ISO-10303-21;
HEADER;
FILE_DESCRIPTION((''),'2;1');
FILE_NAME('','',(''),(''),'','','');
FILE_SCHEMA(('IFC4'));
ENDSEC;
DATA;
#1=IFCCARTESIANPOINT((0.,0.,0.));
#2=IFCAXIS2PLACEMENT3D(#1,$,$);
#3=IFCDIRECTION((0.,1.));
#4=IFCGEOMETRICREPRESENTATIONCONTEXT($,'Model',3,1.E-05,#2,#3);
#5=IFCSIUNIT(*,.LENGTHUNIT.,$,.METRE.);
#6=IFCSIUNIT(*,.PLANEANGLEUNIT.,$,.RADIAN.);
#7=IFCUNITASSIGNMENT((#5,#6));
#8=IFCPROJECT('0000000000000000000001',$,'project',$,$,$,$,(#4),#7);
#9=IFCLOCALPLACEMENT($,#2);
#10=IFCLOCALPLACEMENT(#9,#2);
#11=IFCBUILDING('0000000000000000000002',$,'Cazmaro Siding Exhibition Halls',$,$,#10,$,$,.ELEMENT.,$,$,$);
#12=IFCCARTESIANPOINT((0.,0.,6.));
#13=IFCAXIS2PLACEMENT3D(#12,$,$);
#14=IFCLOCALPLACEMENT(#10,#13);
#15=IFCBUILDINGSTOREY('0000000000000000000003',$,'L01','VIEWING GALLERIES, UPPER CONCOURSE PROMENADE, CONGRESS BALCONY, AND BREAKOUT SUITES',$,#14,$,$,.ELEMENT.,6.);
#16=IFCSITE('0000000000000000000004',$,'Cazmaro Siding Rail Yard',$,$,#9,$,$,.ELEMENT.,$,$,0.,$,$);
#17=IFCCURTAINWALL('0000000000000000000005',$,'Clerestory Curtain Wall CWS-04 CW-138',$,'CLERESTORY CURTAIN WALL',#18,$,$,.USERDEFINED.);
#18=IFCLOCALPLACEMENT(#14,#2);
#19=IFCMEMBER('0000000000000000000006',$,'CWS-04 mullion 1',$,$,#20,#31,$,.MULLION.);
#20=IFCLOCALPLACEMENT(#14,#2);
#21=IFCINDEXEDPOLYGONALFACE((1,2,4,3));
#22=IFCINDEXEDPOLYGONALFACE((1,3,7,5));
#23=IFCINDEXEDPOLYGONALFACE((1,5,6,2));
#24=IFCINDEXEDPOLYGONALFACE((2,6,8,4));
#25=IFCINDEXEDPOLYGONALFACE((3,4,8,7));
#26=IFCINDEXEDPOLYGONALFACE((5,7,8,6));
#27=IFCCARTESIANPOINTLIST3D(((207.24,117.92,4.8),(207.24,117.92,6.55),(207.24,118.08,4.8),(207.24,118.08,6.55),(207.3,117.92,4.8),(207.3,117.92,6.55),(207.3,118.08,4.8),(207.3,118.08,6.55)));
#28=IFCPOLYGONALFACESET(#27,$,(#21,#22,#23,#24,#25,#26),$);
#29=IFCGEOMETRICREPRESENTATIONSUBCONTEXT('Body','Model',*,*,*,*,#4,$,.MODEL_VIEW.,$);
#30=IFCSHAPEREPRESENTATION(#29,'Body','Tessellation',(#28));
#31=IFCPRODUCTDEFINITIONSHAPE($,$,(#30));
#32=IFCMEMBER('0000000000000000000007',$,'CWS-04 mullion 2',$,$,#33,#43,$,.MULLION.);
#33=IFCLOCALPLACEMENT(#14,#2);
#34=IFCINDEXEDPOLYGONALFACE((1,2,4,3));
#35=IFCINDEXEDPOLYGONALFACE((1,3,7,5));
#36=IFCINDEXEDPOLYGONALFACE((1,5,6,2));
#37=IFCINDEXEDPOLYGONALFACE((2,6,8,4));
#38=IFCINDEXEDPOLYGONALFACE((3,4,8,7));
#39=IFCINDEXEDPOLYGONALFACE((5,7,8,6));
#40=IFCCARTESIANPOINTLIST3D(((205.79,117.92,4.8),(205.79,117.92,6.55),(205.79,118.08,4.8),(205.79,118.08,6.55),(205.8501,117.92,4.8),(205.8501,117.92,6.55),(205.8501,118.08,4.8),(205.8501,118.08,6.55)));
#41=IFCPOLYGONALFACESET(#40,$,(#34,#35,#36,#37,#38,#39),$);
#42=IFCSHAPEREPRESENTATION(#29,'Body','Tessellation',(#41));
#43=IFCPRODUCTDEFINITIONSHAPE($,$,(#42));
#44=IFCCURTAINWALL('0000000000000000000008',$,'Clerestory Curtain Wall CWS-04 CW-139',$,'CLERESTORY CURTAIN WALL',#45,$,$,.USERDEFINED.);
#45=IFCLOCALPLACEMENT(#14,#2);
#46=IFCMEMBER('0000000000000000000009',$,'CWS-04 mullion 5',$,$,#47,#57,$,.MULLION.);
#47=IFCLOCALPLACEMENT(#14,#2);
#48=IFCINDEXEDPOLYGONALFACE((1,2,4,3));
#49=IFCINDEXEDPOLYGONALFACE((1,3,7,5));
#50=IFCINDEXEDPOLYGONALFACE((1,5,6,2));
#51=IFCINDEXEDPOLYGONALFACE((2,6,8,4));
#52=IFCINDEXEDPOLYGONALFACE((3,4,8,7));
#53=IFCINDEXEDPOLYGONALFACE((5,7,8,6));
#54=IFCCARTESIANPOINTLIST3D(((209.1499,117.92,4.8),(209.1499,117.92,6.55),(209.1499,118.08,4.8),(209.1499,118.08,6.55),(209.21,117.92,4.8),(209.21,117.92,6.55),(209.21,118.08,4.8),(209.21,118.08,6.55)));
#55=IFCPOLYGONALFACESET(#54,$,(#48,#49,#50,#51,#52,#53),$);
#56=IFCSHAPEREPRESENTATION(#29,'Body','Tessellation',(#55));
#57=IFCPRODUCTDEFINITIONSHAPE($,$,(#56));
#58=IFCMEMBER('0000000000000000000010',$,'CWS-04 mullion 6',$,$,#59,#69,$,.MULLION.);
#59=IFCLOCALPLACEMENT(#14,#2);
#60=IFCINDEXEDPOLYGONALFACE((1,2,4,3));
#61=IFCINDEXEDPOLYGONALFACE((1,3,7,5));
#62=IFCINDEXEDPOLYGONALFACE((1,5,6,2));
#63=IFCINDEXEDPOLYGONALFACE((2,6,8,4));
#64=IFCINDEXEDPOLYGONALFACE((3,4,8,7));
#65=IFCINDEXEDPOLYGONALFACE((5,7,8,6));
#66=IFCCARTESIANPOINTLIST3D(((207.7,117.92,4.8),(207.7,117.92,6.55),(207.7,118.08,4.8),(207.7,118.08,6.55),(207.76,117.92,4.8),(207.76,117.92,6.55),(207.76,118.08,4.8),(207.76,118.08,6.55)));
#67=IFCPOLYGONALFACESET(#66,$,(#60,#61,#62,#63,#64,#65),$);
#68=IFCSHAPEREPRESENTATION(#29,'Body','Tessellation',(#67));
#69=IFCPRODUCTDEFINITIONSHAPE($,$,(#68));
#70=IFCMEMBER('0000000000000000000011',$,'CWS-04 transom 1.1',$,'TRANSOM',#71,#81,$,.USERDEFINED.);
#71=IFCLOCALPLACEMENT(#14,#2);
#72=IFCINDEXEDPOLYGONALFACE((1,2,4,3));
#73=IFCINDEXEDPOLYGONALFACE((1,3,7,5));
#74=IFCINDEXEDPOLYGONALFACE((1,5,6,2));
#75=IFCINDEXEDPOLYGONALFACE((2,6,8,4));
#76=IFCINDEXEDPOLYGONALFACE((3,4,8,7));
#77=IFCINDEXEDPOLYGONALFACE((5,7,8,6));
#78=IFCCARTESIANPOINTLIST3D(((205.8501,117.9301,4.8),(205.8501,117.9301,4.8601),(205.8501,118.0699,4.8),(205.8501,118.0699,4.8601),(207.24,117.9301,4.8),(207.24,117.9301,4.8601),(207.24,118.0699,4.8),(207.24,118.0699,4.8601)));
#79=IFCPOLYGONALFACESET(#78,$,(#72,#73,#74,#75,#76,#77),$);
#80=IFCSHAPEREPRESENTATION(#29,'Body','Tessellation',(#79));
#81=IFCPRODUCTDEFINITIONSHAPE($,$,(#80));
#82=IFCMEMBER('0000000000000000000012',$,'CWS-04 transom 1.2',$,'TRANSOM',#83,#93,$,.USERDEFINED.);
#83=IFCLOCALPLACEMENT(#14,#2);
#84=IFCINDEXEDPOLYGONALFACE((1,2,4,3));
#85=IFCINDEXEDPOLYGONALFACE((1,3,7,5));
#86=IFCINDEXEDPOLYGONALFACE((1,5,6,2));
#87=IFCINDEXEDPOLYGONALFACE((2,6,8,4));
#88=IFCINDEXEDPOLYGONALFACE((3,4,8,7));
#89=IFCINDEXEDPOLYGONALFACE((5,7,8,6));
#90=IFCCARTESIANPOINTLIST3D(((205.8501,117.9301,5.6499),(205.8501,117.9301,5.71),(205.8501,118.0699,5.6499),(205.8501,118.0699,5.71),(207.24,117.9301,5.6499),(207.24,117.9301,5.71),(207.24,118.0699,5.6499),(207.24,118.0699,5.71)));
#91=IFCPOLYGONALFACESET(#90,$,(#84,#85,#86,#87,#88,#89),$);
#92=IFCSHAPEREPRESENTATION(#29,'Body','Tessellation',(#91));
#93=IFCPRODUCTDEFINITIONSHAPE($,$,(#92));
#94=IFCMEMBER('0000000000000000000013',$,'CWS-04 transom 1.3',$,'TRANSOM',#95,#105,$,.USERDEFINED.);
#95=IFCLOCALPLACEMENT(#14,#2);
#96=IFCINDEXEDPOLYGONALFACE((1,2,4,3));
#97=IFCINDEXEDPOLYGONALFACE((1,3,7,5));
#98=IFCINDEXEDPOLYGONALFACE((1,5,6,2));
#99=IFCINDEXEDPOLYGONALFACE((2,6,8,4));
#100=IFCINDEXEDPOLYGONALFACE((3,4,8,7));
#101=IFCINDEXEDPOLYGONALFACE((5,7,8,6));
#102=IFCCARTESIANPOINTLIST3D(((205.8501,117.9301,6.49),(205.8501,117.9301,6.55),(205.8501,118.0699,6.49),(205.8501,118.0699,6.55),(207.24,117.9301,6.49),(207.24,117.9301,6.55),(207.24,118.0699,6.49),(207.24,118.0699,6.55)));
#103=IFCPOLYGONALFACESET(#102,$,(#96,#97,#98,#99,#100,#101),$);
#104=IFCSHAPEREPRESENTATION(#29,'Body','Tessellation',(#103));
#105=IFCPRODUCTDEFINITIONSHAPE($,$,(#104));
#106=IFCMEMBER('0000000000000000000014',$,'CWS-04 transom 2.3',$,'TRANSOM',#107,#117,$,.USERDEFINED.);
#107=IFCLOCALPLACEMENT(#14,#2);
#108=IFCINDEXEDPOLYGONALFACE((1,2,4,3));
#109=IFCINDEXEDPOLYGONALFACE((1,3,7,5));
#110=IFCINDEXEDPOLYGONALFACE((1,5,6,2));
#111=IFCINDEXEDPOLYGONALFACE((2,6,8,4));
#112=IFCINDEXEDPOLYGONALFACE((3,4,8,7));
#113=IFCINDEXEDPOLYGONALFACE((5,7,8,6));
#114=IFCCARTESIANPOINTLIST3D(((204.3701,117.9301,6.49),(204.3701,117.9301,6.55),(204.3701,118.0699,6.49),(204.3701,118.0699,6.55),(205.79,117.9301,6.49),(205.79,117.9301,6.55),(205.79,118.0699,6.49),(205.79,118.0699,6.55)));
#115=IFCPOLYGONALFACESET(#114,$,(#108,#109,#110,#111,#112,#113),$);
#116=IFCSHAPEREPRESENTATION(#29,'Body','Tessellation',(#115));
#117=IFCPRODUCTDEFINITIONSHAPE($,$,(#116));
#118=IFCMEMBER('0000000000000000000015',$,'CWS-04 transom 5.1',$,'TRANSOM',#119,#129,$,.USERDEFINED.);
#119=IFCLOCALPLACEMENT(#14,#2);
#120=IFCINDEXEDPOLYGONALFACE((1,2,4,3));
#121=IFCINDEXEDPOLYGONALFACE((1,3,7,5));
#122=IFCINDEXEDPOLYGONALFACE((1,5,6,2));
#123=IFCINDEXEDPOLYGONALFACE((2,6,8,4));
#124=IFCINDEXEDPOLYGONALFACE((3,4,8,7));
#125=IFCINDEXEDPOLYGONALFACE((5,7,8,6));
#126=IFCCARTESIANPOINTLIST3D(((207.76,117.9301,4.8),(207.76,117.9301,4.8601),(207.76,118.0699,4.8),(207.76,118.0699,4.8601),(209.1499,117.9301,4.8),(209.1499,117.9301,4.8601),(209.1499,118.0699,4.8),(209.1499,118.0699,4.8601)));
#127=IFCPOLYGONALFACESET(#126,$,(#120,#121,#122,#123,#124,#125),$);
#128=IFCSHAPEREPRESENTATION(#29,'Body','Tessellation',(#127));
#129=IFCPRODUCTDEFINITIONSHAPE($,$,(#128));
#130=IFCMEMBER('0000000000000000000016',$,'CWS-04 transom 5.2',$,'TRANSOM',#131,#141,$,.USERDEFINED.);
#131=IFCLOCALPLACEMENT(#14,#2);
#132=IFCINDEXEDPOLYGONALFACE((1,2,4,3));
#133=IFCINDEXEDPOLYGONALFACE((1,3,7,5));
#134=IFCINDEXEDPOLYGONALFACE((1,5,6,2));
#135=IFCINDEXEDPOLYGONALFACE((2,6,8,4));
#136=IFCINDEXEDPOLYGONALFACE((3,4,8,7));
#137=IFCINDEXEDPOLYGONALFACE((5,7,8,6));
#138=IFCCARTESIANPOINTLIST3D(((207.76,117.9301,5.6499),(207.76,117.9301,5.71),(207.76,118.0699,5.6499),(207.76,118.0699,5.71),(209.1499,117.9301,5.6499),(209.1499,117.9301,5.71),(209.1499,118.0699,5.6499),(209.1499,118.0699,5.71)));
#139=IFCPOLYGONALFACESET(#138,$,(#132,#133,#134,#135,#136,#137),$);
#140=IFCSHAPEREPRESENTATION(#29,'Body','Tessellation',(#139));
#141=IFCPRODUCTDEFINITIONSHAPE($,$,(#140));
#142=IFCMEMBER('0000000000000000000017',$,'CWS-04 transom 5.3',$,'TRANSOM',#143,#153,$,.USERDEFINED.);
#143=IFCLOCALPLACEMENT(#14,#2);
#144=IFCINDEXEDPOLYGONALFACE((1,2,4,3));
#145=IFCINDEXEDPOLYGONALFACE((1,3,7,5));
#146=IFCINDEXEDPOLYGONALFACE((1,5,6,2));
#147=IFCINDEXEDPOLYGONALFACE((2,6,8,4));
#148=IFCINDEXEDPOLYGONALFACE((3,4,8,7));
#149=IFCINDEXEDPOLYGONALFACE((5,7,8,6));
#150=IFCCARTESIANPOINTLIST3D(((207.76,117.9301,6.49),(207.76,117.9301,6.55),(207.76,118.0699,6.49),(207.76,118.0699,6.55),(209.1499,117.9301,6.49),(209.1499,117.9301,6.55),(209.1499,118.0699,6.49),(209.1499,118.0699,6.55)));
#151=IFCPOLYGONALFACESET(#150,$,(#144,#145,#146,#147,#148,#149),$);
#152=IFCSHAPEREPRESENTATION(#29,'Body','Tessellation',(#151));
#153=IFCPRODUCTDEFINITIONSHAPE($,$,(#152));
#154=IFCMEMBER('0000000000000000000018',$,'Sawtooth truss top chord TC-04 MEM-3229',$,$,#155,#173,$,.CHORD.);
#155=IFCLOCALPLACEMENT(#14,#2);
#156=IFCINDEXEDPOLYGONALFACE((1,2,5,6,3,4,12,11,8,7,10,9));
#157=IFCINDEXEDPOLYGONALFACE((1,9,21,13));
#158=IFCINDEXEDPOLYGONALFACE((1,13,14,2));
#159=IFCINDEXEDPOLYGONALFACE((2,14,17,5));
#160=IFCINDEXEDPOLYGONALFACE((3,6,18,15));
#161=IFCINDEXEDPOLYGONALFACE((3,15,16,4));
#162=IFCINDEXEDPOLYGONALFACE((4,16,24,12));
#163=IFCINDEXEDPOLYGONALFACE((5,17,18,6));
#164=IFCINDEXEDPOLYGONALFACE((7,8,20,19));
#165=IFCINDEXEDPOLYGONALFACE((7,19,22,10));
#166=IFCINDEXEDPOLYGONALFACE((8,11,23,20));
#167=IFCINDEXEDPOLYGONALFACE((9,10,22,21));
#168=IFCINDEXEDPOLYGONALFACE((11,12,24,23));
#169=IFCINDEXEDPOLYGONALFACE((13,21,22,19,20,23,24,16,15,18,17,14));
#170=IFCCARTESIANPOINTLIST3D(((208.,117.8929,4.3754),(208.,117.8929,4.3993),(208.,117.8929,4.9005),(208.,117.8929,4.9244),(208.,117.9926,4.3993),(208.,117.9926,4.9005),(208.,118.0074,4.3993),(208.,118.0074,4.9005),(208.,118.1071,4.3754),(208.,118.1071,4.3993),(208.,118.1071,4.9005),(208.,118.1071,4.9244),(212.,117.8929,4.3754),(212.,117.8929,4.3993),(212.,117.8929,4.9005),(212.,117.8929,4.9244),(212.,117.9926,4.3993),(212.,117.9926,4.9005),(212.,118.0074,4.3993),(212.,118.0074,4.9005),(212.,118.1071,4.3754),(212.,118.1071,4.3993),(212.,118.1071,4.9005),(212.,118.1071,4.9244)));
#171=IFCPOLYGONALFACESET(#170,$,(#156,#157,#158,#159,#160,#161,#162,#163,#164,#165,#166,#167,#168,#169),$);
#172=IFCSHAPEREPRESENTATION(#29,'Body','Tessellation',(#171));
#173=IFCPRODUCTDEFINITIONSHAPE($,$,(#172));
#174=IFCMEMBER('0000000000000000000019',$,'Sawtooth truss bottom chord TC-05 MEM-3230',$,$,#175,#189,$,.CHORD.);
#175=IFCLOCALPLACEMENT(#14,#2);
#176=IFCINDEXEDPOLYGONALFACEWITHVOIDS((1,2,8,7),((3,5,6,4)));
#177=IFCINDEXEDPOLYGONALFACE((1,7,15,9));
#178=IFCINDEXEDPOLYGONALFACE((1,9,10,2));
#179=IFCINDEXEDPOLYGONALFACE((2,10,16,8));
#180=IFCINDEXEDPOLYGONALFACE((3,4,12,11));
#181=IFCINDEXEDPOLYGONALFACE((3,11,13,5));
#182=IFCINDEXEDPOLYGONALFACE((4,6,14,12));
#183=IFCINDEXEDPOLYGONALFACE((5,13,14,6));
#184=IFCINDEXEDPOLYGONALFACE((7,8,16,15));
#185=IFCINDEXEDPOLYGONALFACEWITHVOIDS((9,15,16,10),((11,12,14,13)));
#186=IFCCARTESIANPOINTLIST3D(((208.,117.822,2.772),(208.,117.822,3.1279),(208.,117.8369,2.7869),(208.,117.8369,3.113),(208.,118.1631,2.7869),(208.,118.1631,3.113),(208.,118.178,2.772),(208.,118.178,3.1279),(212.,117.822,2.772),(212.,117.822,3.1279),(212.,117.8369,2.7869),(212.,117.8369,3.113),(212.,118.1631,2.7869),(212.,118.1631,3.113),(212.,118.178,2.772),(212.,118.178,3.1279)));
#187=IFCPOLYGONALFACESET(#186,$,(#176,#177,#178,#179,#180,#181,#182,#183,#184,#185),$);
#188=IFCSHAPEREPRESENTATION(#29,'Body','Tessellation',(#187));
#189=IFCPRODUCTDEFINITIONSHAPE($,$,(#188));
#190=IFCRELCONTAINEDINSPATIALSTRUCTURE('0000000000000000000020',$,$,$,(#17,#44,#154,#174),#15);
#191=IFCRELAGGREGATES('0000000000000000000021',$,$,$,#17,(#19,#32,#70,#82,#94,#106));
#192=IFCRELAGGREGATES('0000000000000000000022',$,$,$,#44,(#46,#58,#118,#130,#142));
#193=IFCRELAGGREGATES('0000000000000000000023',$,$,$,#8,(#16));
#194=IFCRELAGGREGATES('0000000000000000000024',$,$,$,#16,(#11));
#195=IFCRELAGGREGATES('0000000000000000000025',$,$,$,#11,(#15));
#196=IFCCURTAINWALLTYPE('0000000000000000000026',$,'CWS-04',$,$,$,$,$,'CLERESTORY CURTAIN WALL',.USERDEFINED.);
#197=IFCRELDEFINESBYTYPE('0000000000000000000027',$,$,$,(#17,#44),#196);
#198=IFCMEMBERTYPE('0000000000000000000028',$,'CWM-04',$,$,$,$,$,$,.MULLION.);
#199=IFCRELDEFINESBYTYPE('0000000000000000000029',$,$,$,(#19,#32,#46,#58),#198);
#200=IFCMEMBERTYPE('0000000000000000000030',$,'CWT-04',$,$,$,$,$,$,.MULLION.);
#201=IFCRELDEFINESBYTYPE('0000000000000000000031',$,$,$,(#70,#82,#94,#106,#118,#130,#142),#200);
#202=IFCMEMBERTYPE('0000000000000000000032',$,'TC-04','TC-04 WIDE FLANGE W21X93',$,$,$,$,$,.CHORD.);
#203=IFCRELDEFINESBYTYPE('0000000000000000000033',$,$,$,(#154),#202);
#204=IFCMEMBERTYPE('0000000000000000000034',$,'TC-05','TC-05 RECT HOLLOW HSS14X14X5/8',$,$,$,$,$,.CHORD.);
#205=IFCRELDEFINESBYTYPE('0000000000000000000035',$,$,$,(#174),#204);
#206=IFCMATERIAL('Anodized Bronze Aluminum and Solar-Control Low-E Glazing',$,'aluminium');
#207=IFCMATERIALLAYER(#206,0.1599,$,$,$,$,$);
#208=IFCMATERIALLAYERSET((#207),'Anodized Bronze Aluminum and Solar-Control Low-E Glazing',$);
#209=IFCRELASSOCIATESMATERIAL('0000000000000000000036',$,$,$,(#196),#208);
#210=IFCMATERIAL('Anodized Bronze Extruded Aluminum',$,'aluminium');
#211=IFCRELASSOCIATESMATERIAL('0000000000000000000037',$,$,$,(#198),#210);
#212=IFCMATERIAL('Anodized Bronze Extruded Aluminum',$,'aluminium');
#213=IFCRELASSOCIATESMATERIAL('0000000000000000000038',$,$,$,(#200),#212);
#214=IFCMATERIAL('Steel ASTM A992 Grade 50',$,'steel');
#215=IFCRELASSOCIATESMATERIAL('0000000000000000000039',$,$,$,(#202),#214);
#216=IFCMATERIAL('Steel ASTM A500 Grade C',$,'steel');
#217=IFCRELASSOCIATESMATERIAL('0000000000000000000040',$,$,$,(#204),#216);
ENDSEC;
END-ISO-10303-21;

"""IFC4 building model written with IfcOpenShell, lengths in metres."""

from ifc_helpers import new_model, si_unit, direction, frame, origin, origin_2d, place, context, subcontext, project, spatial, rectangle, hollow_rectangle, i_section, extrude, material, layer, layer_set, material_profile, profile_set, type_object, element, aggregate, save


model = new_model("IFC4")

# Units and contexts
model_context = context("Model", 3, precision=1e-05, world=origin(), true_north=direction((0.0, 1.0)))
body_context = subcontext(model_context, "Body", "Model", "MODEL_VIEW")
ifc_project = project(units=[si_unit("LENGTHUNIT", "METRE"), si_unit("PLANEANGLEUNIT", "RADIAN")], contexts=[model_context])

# Site, building, storey
site_placement = place(None, origin())
site = spatial("IfcSite", under=ifc_project, at=site_placement, Name="Cazmaro Siding Rail Yard", CompositionType="ELEMENT", RefElevation=0.0)
building_placement = place(site_placement, origin())
building = spatial("IfcBuilding", under=site, at=building_placement, Name="Cazmaro Siding Exhibition Halls", CompositionType="ELEMENT")
storey_placement = place(building_placement, frame((0.0, 0.0, 6.0)))
storey = spatial("IfcBuildingStorey", under=building, at=storey_placement, Name="L01", Description="VIEWING GALLERIES, UPPER CONCOURSE PROMENADE, CONGRESS BALCONY, AND BREAKOUT SUITES", CompositionType="ELEMENT", Elevation=6.0)

# Curtain walls, members
ifc_material_1 = material(Name="Anodized Bronze Aluminum and Solar-Control Low-E Glazing", Category="aluminium")
ifc_layer_1 = layer(ifc_material_1, 0.1599)
ifc_layer_set_1 = layer_set([ifc_layer_1], Name="Anodized Bronze Aluminum and Solar-Control Low-E Glazing")
curtain_wall_type = type_object("IfcCurtainWallType", Name="CWS-04", ElementType="CLERESTORY CURTAIN WALL", PredefinedType="USERDEFINED", material=ifc_layer_set_1)
curtain_wall_1_placement = place(storey_placement, origin())
curtain_wall_1 = element("IfcCurtainWall", 1, at=curtain_wall_1_placement, inside=storey, type_object=curtain_wall_type, Name="Clerestory Curtain Wall CWS-04 CW-138", ObjectType="CLERESTORY CURTAIN WALL", PredefinedType="USERDEFINED")
ifc_material_2 = material(Name="Anodized Bronze Extruded Aluminum", Category="aluminium")
ifc_material_profile_1 = material_profile(ifc_material_2, rectangle(XDim=0.1599, YDim=0.0601, at=origin_2d()), Name="CWM-04")
ifc_profile_set_1 = profile_set([ifc_material_profile_1], Name="Anodized Bronze Extruded Aluminum")
member_type_1 = type_object("IfcMemberType", Name="CWM-04", PredefinedType="MULLION", material=ifc_profile_set_1)
member_1_placement = place(storey_placement, frame((207.27, 118.0, 4.8), z_axis=(0.0, 0.0, 1.0), x_axis=(0.0, -1.0, 0.0)))
member_1 = element("IfcMember", 2, at=member_1_placement, type_object=member_type_1, Name="CWS-04 mullion 1", PredefinedType="MULLION", context=body_context, shape_type="SweptSolid", body=[
    extrude(rectangle(XDim=0.1599, YDim=0.0601, at=origin_2d()), origin(), (0.0, 0.0, 1.0), 1.75),
])
member_2_placement = place(storey_placement, frame((205.8201, 118.0, 4.8), z_axis=(0.0, 0.0, 1.0), x_axis=(0.0, -1.0, 0.0)))
member_2 = element("IfcMember", 3, at=member_2_placement, type_object=member_type_1, Name="CWS-04 mullion 2", PredefinedType="MULLION", context=body_context, shape_type="SweptSolid", body=[
    extrude(rectangle(XDim=0.1599, YDim=0.0601, at=origin_2d()), origin(), (0.0, 0.0, 1.0), 1.75),
])
curtain_wall_2_placement = place(storey_placement, origin())
curtain_wall_2 = element("IfcCurtainWall", 4, at=curtain_wall_2_placement, inside=storey, type_object=curtain_wall_type, Name="Clerestory Curtain Wall CWS-04 CW-139", ObjectType="CLERESTORY CURTAIN WALL", PredefinedType="USERDEFINED")
member_3_placement = place(storey_placement, frame((209.1799, 118.0, 4.8), z_axis=(0.0, 0.0, 1.0), x_axis=(0.0, -1.0, 0.0)))
member_3 = element("IfcMember", 5, at=member_3_placement, type_object=member_type_1, Name="CWS-04 mullion 5", PredefinedType="MULLION", context=body_context, shape_type="SweptSolid", body=[
    extrude(rectangle(XDim=0.1599, YDim=0.0601, at=origin_2d()), origin(), (0.0, 0.0, 1.0), 1.75),
])
member_4_placement = place(storey_placement, frame((207.73, 118.0, 4.8), z_axis=(0.0, 0.0, 1.0), x_axis=(0.0, -1.0, 0.0)))
member_4 = element("IfcMember", 6, at=member_4_placement, type_object=member_type_1, Name="CWS-04 mullion 6", PredefinedType="MULLION", context=body_context, shape_type="SweptSolid", body=[
    extrude(rectangle(XDim=0.1599, YDim=0.0601, at=origin_2d()), origin(), (0.0, 0.0, 1.0), 1.75),
])

# Members
ifc_material_3 = material(Name="Anodized Bronze Extruded Aluminum", Category="aluminium")
ifc_material_profile_2 = material_profile(ifc_material_3, rectangle(XDim=0.1399, YDim=0.0601, at=origin_2d()), Name="CWT-04")
ifc_profile_set_2 = profile_set([ifc_material_profile_2], Name="Anodized Bronze Extruded Aluminum")
member_type_2 = type_object("IfcMemberType", Name="CWT-04", PredefinedType="MULLION", material=ifc_profile_set_2)
member_5_placement = place(storey_placement, frame((207.24, 118.0, 4.8301), z_axis=(-1.0, 0.0, 0.0), x_axis=(0.0, -1.0, 0.0)))
member_5 = element("IfcMember", 7, at=member_5_placement, type_object=member_type_2, Name="CWS-04 transom 1.1", ObjectType="TRANSOM", PredefinedType="USERDEFINED", context=body_context, shape_type="SweptSolid", body=[
    extrude(rectangle(XDim=0.1399, YDim=0.0601, at=origin_2d()), origin(), (0.0, 0.0, 1.0), 1.3899),
])
member_6_placement = place(storey_placement, frame((207.24, 118.0, 5.6799), z_axis=(-1.0, 0.0, 0.0), x_axis=(0.0, -1.0, 0.0)))
member_6 = element("IfcMember", 8, at=member_6_placement, type_object=member_type_2, Name="CWS-04 transom 1.2", ObjectType="TRANSOM", PredefinedType="USERDEFINED", context=body_context, shape_type="SweptSolid", body=[
    extrude(rectangle(XDim=0.1399, YDim=0.0601, at=origin_2d()), origin(), (0.0, 0.0, 1.0), 1.3899),
])
member_7_placement = place(storey_placement, frame((207.24, 118.0, 6.52), z_axis=(-1.0, 0.0, 0.0), x_axis=(0.0, -1.0, 0.0)))
member_7 = element("IfcMember", 9, at=member_7_placement, type_object=member_type_2, Name="CWS-04 transom 1.3", ObjectType="TRANSOM", PredefinedType="USERDEFINED", context=body_context, shape_type="SweptSolid", body=[
    extrude(rectangle(XDim=0.1399, YDim=0.0601, at=origin_2d()), origin(), (0.0, 0.0, 1.0), 1.3899),
])
member_8_placement = place(storey_placement, frame((205.79, 118.0, 6.52), z_axis=(-1.0, 0.0, 0.0), x_axis=(0.0, -1.0, 0.0)))
member_8 = element("IfcMember", 10, at=member_8_placement, type_object=member_type_2, Name="CWS-04 transom 2.3", ObjectType="TRANSOM", PredefinedType="USERDEFINED", context=body_context, shape_type="SweptSolid", body=[
    extrude(rectangle(XDim=0.1399, YDim=0.0601, at=origin_2d()), origin(), (0.0, 0.0, 1.0), 1.4199),
])
member_9_placement = place(storey_placement, frame((209.1499, 118.0, 4.8301), z_axis=(-1.0, 0.0, 0.0), x_axis=(0.0, -1.0, 0.0)))
member_9 = element("IfcMember", 11, at=member_9_placement, type_object=member_type_2, Name="CWS-04 transom 5.1", ObjectType="TRANSOM", PredefinedType="USERDEFINED", context=body_context, shape_type="SweptSolid", body=[
    extrude(rectangle(XDim=0.1399, YDim=0.0601, at=origin_2d()), origin(), (0.0, 0.0, 1.0), 1.3899),
])
member_10_placement = place(storey_placement, frame((209.1499, 118.0, 5.6799), z_axis=(-1.0, 0.0, 0.0), x_axis=(0.0, -1.0, 0.0)))
member_10 = element("IfcMember", 12, at=member_10_placement, type_object=member_type_2, Name="CWS-04 transom 5.2", ObjectType="TRANSOM", PredefinedType="USERDEFINED", context=body_context, shape_type="SweptSolid", body=[
    extrude(rectangle(XDim=0.1399, YDim=0.0601, at=origin_2d()), origin(), (0.0, 0.0, 1.0), 1.3899),
])
member_11_placement = place(storey_placement, frame((209.1499, 118.0, 6.52), z_axis=(-1.0, 0.0, 0.0), x_axis=(0.0, -1.0, 0.0)))
member_11 = element("IfcMember", 13, at=member_11_placement, type_object=member_type_2, Name="CWS-04 transom 5.3", ObjectType="TRANSOM", PredefinedType="USERDEFINED", context=body_context, shape_type="SweptSolid", body=[
    extrude(rectangle(XDim=0.1399, YDim=0.0601, at=origin_2d()), origin(), (0.0, 0.0, 1.0), 1.3899),
])

# Members
ifc_material_4 = material(Name="Steel ASTM A992 Grade 50", Category="steel")
ifc_material_profile_3 = material_profile(ifc_material_4, i_section(OverallWidth=0.2141, OverallDepth=0.5491, WebThickness=0.0149, FlangeThickness=0.0239, at=origin_2d()), Name="W21X93")
ifc_profile_set_3 = profile_set([ifc_material_profile_3], Name="Steel ASTM A992 Grade 50")
member_type_3 = type_object("IfcMemberType", Name="TC-04", Description="TC-04 WIDE FLANGE W21X93", PredefinedType="CHORD", material=ifc_profile_set_3)
member_12_placement = place(storey_placement, frame((208.0, 118.0, 4.6499), z_axis=(1.0, 0.0, 0.0), x_axis=(0.0, 1.0, 0.0)))
element("IfcMember", 14, at=member_12_placement, inside=storey, type_object=member_type_3, Name="Sawtooth truss top chord TC-04 MEM-3229", PredefinedType="CHORD", context=body_context, shape_type="SweptSolid", body=[
    extrude(i_section(OverallWidth=0.2141, OverallDepth=0.5491, WebThickness=0.0149, FlangeThickness=0.0239, at=origin_2d()), origin(), (0.0, 0.0, 1.0), 4.0),
])
ifc_material_5 = material(Name="Steel ASTM A500 Grade C", Category="steel")
ifc_material_profile_4 = material_profile(ifc_material_5, hollow_rectangle(XDim=0.356, YDim=0.356, WallThickness=0.0149, at=origin_2d()), Name="HSS14X14X5/8")
ifc_profile_set_4 = profile_set([ifc_material_profile_4], Name="Steel ASTM A500 Grade C")
member_type_4 = type_object("IfcMemberType", Name="TC-05", Description="TC-05 RECT HOLLOW HSS14X14X5/8", PredefinedType="CHORD", material=ifc_profile_set_4)
member_13_placement = place(storey_placement, frame((208.0, 118.0, 2.95), z_axis=(1.0, 0.0, 0.0), x_axis=(0.0, 1.0, 0.0)))
element("IfcMember", 15, at=member_13_placement, inside=storey, type_object=member_type_4, Name="Sawtooth truss bottom chord TC-05 MEM-3230", PredefinedType="CHORD", context=body_context, shape_type="SweptSolid", body=[
    extrude(hollow_rectangle(XDim=0.356, YDim=0.356, WallThickness=0.0149, at=origin_2d()), origin(), (0.0, 0.0, 1.0), 4.0),
])

aggregate(curtain_wall_1, [member_1, member_2, member_5, member_6, member_7, member_8])
aggregate(curtain_wall_2, [member_3, member_4, member_9, member_10, member_11])

save(model, "model.ifc")
